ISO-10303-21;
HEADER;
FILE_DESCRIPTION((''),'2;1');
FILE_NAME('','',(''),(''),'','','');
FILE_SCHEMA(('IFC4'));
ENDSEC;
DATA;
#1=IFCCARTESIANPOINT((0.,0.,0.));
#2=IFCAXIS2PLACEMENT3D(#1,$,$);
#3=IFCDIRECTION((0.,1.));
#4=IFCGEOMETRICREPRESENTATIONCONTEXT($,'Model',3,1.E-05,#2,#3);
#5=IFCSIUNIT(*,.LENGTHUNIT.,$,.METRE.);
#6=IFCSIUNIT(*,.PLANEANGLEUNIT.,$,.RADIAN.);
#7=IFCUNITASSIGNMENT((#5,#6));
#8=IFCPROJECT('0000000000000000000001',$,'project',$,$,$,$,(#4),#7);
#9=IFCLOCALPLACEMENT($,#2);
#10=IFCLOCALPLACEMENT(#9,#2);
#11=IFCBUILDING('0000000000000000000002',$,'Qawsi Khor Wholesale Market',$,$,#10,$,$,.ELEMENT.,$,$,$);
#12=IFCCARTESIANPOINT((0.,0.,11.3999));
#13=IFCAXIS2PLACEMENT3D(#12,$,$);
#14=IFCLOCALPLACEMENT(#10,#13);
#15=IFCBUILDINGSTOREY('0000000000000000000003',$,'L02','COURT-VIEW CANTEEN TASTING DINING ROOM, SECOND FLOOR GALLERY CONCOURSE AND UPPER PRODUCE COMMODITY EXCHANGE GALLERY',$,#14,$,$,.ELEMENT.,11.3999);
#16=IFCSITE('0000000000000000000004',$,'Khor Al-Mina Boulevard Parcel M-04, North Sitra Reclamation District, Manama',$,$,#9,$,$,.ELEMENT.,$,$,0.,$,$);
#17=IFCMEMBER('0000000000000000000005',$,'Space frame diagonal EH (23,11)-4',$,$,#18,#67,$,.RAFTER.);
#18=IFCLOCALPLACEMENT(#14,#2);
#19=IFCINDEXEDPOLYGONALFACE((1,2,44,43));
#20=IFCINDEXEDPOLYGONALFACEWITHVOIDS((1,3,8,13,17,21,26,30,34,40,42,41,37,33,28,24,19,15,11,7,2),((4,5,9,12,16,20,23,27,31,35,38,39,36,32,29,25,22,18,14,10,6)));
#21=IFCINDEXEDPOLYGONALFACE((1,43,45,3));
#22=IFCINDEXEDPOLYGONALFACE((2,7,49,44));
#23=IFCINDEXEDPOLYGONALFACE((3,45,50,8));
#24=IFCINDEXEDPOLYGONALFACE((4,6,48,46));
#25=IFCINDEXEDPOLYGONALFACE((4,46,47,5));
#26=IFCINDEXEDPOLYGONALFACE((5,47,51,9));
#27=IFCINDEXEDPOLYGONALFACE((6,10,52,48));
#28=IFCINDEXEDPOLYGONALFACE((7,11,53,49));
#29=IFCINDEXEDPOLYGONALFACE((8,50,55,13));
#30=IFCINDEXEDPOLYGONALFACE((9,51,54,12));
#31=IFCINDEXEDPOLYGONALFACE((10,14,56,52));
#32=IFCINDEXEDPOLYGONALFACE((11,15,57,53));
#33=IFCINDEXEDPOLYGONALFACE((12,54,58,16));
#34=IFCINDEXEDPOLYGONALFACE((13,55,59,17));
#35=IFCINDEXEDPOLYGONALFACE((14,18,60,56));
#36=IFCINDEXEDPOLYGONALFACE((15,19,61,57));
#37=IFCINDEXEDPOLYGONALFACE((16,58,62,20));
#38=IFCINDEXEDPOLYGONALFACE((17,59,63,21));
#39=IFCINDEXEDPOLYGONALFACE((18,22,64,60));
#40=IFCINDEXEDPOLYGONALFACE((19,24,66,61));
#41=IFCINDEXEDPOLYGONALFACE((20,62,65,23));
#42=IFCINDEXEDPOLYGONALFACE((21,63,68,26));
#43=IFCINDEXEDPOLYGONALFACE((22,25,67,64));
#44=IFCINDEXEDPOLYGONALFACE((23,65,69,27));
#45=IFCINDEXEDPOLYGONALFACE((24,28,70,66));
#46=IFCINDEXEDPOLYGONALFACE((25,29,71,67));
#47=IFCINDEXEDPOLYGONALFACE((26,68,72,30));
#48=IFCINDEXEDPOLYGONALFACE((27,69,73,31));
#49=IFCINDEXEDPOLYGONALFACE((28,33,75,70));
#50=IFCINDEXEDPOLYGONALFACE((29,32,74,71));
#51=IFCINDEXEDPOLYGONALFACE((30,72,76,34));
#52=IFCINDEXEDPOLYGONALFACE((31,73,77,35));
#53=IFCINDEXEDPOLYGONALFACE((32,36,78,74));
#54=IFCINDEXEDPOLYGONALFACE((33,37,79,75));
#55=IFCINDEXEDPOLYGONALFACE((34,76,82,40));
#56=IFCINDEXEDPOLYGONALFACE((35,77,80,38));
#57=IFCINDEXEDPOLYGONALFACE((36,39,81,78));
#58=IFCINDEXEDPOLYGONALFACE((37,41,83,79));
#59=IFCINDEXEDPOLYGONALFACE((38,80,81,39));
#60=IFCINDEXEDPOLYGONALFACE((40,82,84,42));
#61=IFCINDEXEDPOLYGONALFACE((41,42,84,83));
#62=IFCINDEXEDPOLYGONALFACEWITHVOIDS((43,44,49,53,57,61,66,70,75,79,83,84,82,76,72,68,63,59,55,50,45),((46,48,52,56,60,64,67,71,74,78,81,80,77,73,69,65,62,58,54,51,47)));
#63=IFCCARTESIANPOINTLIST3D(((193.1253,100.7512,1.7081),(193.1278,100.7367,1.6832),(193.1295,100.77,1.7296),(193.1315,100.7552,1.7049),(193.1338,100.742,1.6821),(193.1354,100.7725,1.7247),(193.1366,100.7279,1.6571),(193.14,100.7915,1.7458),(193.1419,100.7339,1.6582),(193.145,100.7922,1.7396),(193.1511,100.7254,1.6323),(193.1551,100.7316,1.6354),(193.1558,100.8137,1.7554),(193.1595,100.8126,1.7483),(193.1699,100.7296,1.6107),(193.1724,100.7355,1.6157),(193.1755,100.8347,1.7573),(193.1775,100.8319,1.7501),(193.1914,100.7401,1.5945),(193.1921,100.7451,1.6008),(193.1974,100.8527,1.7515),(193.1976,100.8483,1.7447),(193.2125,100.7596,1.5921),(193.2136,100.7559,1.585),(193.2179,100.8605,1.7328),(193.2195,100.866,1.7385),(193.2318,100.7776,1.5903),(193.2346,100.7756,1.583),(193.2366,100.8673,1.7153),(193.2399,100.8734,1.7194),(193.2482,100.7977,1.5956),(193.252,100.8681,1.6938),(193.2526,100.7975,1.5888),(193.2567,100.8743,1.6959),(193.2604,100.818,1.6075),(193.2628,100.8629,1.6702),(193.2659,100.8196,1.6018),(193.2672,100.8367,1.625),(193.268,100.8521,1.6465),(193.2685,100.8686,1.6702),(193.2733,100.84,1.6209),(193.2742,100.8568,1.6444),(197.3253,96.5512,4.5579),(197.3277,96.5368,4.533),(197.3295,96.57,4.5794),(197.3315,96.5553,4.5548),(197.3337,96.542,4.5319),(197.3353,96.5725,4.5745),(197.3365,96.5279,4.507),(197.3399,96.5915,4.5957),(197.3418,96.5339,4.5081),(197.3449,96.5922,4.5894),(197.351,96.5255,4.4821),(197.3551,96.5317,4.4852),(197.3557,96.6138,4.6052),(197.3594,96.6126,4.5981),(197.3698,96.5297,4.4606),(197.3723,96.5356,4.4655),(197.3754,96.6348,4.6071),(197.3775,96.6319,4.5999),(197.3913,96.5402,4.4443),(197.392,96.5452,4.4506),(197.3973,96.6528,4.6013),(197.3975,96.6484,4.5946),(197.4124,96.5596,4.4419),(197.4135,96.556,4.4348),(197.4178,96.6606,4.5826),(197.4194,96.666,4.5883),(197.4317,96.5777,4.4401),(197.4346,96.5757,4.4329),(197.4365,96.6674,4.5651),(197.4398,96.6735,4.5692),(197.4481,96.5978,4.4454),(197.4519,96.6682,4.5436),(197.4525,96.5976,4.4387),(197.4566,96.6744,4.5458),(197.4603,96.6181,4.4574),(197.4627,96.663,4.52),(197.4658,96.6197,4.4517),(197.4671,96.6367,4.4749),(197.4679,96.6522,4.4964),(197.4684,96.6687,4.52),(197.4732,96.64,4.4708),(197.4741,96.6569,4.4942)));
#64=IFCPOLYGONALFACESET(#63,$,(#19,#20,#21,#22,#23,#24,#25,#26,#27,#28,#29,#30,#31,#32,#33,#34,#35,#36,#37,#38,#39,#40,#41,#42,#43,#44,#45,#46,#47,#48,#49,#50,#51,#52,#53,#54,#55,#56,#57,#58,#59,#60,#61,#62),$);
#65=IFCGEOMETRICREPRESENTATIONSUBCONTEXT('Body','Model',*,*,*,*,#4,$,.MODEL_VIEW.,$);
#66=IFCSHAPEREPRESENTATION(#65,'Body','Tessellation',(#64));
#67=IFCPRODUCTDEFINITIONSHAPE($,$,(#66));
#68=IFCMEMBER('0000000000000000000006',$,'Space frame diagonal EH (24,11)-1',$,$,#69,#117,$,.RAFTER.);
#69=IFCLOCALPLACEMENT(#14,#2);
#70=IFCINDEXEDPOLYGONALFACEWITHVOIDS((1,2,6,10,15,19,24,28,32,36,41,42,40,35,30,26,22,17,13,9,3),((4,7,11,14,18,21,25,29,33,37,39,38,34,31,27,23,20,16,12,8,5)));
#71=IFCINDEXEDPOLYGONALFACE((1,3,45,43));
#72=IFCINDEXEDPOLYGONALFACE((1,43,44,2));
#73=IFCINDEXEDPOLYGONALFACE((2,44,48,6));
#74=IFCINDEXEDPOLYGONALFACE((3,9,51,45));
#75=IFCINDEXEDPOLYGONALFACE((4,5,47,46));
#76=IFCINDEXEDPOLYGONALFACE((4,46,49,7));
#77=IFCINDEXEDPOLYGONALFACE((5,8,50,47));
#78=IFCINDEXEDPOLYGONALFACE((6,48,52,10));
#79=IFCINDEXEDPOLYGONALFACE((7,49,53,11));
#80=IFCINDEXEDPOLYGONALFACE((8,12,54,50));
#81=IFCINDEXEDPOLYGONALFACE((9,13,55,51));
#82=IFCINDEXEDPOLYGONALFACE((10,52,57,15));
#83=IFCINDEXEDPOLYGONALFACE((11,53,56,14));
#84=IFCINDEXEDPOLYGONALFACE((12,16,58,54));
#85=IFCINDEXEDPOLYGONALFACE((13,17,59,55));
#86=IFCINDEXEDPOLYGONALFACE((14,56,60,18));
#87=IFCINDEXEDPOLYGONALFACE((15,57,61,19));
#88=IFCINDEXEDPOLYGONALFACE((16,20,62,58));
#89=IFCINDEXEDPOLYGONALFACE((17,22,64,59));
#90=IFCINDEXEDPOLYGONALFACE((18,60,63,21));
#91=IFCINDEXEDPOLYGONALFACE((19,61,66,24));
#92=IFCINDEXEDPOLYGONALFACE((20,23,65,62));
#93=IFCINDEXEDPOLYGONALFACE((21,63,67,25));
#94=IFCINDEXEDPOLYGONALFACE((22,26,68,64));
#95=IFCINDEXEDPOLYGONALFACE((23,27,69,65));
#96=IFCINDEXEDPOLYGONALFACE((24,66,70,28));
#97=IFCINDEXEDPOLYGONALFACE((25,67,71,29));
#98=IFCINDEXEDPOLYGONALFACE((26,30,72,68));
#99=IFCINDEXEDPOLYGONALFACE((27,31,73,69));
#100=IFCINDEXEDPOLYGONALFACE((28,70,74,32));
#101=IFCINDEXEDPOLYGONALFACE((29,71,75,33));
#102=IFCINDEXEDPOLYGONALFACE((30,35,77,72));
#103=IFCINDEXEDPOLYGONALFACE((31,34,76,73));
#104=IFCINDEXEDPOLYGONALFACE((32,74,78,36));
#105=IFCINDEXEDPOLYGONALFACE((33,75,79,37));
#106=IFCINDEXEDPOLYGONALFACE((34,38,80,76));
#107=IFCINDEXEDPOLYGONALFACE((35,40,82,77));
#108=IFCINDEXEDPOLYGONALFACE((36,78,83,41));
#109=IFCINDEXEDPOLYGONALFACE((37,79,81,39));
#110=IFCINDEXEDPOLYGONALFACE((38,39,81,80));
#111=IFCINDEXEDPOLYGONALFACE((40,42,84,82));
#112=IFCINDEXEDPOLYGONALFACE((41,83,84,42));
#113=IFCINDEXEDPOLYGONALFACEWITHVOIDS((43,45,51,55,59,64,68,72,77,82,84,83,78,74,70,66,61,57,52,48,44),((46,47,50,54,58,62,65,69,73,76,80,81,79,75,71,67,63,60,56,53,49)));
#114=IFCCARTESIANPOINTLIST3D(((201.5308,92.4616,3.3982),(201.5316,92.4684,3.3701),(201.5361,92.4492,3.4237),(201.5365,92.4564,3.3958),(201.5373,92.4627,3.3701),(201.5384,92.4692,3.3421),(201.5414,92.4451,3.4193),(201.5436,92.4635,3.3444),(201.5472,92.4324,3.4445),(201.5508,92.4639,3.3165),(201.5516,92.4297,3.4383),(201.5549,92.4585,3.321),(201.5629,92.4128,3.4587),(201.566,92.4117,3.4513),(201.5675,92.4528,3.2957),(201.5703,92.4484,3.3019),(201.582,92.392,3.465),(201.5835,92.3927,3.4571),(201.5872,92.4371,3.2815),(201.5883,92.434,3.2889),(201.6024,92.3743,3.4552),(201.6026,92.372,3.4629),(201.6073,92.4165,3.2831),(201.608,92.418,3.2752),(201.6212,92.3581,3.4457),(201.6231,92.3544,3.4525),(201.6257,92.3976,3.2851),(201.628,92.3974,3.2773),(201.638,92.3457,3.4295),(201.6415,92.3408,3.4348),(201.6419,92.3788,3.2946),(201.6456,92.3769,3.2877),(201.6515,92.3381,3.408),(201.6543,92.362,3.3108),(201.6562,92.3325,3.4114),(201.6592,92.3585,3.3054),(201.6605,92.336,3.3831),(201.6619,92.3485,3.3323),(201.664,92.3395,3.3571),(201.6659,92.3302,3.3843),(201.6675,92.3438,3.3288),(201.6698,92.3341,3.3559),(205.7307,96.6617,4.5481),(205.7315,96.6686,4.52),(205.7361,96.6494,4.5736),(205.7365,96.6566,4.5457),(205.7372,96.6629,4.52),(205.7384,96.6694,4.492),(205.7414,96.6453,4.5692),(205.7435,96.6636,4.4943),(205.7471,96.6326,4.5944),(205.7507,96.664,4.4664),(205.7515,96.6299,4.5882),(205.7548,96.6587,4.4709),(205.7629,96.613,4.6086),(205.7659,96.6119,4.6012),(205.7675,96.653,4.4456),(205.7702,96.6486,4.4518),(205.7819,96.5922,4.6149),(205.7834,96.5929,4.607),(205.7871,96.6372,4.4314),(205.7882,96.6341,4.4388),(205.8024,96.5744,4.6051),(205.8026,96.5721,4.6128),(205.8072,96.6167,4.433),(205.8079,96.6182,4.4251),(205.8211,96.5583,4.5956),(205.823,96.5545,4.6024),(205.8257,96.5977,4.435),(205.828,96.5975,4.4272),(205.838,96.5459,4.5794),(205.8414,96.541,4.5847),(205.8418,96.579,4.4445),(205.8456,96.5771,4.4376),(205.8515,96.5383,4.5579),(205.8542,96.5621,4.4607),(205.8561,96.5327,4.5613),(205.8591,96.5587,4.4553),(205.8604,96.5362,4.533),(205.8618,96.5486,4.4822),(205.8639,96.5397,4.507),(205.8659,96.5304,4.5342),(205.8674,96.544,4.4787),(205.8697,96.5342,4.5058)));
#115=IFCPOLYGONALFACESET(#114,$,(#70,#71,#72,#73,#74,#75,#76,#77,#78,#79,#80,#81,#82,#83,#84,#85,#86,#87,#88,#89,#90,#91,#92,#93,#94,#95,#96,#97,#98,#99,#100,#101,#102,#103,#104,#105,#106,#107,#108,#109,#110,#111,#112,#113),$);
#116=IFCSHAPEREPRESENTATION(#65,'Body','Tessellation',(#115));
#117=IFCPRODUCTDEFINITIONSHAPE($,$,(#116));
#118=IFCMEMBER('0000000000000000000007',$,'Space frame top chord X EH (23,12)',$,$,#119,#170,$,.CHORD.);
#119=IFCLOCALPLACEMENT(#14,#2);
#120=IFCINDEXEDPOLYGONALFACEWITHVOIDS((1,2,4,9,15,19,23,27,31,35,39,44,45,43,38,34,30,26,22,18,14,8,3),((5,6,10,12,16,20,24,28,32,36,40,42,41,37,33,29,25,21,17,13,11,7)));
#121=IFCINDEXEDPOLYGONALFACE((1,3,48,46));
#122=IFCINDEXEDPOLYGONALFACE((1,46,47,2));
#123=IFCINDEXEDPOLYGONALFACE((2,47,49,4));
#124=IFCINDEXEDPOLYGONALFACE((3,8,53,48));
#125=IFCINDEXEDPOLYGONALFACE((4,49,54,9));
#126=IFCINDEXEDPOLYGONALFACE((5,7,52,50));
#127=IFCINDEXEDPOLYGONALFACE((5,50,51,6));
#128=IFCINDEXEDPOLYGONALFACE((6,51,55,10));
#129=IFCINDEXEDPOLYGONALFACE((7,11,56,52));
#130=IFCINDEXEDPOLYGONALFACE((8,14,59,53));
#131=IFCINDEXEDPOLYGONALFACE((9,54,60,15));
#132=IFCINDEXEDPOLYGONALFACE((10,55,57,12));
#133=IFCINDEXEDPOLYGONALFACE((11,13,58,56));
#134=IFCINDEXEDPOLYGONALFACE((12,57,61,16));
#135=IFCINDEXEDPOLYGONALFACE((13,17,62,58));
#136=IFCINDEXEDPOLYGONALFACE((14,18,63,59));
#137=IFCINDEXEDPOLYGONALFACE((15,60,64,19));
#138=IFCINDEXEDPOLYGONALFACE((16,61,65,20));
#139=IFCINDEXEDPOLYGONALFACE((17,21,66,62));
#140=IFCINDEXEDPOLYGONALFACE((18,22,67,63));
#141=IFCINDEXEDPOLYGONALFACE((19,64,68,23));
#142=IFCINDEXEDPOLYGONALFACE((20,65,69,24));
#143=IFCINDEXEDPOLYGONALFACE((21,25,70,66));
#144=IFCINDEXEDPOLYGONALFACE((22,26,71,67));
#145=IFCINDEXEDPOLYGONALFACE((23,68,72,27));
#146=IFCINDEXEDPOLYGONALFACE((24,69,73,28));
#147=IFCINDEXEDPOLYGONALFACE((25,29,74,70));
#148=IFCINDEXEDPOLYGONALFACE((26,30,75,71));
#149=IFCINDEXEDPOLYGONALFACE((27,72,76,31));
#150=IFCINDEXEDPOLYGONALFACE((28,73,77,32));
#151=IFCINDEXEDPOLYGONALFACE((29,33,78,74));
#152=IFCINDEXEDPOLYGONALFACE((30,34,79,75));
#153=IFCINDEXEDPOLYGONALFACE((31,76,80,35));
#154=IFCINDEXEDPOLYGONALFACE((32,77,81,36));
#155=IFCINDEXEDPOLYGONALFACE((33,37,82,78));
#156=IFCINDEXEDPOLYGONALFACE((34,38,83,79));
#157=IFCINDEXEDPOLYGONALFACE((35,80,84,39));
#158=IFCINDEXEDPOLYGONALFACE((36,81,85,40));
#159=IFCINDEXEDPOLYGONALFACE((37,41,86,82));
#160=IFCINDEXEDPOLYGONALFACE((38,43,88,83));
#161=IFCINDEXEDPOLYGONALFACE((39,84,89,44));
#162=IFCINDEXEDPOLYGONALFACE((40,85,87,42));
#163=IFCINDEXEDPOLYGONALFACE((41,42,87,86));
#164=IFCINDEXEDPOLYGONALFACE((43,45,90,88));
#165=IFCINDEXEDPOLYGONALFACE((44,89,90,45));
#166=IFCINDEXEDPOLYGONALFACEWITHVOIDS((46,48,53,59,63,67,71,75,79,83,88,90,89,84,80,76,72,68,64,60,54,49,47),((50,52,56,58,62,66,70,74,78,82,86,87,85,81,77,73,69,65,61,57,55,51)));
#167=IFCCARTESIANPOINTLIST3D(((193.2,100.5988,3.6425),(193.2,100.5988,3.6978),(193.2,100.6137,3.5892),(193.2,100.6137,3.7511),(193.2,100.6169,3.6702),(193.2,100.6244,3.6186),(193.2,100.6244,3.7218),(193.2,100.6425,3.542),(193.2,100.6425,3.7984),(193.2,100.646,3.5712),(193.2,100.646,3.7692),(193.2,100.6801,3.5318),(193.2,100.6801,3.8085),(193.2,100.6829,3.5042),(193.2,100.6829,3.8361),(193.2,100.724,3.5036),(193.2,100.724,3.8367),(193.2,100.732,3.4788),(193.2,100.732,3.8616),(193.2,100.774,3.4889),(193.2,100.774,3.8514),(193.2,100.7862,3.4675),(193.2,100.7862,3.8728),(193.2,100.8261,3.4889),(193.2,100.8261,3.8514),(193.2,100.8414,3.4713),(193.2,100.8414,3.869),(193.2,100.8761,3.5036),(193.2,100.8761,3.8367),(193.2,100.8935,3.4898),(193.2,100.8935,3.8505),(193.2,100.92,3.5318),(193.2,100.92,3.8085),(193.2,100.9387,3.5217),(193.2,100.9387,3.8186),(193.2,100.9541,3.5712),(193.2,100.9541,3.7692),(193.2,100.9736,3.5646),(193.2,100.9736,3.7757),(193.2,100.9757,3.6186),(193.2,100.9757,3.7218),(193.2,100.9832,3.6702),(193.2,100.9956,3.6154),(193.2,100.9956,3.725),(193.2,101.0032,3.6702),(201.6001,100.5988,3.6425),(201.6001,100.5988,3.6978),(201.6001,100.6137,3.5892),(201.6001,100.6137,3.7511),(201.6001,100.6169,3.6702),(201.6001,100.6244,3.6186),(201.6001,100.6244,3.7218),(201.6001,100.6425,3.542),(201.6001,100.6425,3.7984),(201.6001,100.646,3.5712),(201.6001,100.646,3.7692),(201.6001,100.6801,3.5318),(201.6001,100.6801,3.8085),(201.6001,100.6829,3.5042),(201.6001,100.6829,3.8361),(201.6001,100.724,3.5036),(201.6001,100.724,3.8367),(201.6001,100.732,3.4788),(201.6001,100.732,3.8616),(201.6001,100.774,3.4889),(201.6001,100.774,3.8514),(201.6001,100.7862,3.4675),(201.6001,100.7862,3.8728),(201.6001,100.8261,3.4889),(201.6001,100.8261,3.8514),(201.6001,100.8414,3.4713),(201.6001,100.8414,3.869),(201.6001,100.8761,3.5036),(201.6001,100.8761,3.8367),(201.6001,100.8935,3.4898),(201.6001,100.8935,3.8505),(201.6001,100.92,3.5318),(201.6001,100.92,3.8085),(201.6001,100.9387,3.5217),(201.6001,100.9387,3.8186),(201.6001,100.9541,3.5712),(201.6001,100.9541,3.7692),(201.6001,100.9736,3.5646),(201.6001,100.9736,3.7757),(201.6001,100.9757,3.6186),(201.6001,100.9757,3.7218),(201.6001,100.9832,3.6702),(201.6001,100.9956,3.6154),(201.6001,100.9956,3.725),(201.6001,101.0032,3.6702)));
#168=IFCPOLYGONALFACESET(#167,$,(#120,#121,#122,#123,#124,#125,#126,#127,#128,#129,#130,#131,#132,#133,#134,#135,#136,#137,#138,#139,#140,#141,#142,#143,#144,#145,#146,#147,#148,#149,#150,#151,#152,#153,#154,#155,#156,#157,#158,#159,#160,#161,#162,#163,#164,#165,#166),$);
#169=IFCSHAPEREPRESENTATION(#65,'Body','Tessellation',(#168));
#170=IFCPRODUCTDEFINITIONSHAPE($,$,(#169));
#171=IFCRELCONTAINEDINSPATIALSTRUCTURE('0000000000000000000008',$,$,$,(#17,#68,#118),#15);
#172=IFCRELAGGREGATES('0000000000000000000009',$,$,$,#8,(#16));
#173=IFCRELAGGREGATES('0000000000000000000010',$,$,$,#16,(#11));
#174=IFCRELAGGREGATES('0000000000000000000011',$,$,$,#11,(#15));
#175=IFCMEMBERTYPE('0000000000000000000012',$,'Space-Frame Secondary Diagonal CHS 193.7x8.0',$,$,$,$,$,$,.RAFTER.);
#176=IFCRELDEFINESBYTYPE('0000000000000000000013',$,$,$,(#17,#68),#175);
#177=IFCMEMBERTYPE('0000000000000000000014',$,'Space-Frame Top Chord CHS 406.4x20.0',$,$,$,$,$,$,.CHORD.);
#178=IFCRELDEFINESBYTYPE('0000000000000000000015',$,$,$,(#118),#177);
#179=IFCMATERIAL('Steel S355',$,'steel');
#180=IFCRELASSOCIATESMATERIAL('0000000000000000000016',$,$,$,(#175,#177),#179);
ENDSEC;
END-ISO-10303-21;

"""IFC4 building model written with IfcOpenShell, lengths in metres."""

from ifc_helpers import new_model, si_unit, direction, frame, origin, origin_2d, place, context, subcontext, project, spatial, hollow_circle, extrude, material, material_profile, profile_set, type_object, element, save


model = new_model("IFC4")

# Units and contexts
model_context = context("Model", 3, precision=1e-05, world=origin(), true_north=direction((0.0, 1.0)))
body_context = subcontext(model_context, "Body", "Model", "MODEL_VIEW")
ifc_project = project(units=[si_unit("LENGTHUNIT", "METRE"), si_unit("PLANEANGLEUNIT", "RADIAN")], contexts=[model_context])

# Site, building, storey
site_placement = place(None, origin())
site = spatial("IfcSite", under=ifc_project, at=site_placement, Name="Khor Al-Mina Boulevard Parcel M-04, North Sitra Reclamation District, Manama", CompositionType="ELEMENT", RefElevation=0.0)
building_placement = place(site_placement, origin())
building = spatial("IfcBuilding", under=site, at=building_placement, Name="Qawsi Khor Wholesale Market", CompositionType="ELEMENT")
storey_placement = place(building_placement, frame((0.0, 0.0, 11.3999)))
storey = spatial("IfcBuildingStorey", under=building, at=storey_placement, Name="L02", Description="COURT-VIEW CANTEEN TASTING DINING ROOM, SECOND FLOOR GALLERY CONCOURSE AND UPPER PRODUCE COMMODITY EXCHANGE GALLERY", CompositionType="ELEMENT", Elevation=11.3999)

# Members
ifc_material_1 = material(Name="Steel S355", Category="steel")
ifc_material_profile_1 = material_profile(ifc_material_1, hollow_circle(Radius=0.0969, WallThickness=0.0081, at=origin_2d()), Name="CHS 193.7x8.0")
ifc_profile_set_1 = profile_set([ifc_material_profile_1], Name="Steel S355")
member_type_1 = type_object("IfcMemberType", Name="Space-Frame Secondary Diagonal CHS 193.7x8.0", PredefinedType="RAFTER", material=ifc_profile_set_1)
for number, where, z_axis, x_axis, name in (
    (1, (193.2, 100.8, 1.6702), (0.637522, -0.637522, 0.432587), (0.707107, 0.707107, 0.0), "Space frame diagonal EH (23,11)-4"),
):
    element("IfcMember", number, at=place(storey_placement, frame(where, z_axis=z_axis, x_axis=x_axis)), inside=storey, type_object=member_type_1, Name=name, PredefinedType="RAFTER", context=body_context, shape_type="SweptSolid", body=[
        extrude(hollow_circle(Radius=0.0969, WallThickness=0.0081, at=origin_2d()), origin(), (0.0, 0.0, 1.0), 6.5879),
    ])
member_1_placement = place(storey_placement, frame((201.6001, 92.3999, 3.3701), z_axis=(0.694197, 0.694238, 0.190064), x_axis=(-0.707127, 0.707086, 0.0)))
element("IfcMember", 2, at=member_1_placement, inside=storey, type_object=member_type_1, Name="Space frame diagonal EH (24,11)-1", PredefinedType="RAFTER", context=body_context, shape_type="SweptSolid", body=[
    extrude(hollow_circle(Radius=0.0969, WallThickness=0.0081, at=origin_2d()), origin(), (0.0, 0.0, 1.0), 6.05),
])
ifc_material_profile_2 = material_profile(ifc_material_1, hollow_circle(Radius=0.2031, WallThickness=0.02, at=origin_2d()), Name="CHS 406.4x20.0")
ifc_profile_set_2 = profile_set([ifc_material_profile_2], Name="Steel S355")
member_type_2 = type_object("IfcMemberType", Name="Space-Frame Top Chord CHS 406.4x20.0", PredefinedType="CHORD", material=ifc_profile_set_2)
member_2_placement = place(storey_placement, frame((193.2, 100.8, 3.6702), z_axis=(1.0, 0.0, 0.0), x_axis=(0.0, 1.0, 0.0)))
element("IfcMember", 3, at=member_2_placement, inside=storey, type_object=member_type_2, Name="Space frame top chord X EH (23,12)", PredefinedType="CHORD", context=body_context, shape_type="SweptSolid", body=[
    extrude(hollow_circle(Radius=0.2031, WallThickness=0.02, at=origin_2d()), origin(), (0.0, 0.0, 1.0), 8.4001),
])

save(model, "model.ifc")
